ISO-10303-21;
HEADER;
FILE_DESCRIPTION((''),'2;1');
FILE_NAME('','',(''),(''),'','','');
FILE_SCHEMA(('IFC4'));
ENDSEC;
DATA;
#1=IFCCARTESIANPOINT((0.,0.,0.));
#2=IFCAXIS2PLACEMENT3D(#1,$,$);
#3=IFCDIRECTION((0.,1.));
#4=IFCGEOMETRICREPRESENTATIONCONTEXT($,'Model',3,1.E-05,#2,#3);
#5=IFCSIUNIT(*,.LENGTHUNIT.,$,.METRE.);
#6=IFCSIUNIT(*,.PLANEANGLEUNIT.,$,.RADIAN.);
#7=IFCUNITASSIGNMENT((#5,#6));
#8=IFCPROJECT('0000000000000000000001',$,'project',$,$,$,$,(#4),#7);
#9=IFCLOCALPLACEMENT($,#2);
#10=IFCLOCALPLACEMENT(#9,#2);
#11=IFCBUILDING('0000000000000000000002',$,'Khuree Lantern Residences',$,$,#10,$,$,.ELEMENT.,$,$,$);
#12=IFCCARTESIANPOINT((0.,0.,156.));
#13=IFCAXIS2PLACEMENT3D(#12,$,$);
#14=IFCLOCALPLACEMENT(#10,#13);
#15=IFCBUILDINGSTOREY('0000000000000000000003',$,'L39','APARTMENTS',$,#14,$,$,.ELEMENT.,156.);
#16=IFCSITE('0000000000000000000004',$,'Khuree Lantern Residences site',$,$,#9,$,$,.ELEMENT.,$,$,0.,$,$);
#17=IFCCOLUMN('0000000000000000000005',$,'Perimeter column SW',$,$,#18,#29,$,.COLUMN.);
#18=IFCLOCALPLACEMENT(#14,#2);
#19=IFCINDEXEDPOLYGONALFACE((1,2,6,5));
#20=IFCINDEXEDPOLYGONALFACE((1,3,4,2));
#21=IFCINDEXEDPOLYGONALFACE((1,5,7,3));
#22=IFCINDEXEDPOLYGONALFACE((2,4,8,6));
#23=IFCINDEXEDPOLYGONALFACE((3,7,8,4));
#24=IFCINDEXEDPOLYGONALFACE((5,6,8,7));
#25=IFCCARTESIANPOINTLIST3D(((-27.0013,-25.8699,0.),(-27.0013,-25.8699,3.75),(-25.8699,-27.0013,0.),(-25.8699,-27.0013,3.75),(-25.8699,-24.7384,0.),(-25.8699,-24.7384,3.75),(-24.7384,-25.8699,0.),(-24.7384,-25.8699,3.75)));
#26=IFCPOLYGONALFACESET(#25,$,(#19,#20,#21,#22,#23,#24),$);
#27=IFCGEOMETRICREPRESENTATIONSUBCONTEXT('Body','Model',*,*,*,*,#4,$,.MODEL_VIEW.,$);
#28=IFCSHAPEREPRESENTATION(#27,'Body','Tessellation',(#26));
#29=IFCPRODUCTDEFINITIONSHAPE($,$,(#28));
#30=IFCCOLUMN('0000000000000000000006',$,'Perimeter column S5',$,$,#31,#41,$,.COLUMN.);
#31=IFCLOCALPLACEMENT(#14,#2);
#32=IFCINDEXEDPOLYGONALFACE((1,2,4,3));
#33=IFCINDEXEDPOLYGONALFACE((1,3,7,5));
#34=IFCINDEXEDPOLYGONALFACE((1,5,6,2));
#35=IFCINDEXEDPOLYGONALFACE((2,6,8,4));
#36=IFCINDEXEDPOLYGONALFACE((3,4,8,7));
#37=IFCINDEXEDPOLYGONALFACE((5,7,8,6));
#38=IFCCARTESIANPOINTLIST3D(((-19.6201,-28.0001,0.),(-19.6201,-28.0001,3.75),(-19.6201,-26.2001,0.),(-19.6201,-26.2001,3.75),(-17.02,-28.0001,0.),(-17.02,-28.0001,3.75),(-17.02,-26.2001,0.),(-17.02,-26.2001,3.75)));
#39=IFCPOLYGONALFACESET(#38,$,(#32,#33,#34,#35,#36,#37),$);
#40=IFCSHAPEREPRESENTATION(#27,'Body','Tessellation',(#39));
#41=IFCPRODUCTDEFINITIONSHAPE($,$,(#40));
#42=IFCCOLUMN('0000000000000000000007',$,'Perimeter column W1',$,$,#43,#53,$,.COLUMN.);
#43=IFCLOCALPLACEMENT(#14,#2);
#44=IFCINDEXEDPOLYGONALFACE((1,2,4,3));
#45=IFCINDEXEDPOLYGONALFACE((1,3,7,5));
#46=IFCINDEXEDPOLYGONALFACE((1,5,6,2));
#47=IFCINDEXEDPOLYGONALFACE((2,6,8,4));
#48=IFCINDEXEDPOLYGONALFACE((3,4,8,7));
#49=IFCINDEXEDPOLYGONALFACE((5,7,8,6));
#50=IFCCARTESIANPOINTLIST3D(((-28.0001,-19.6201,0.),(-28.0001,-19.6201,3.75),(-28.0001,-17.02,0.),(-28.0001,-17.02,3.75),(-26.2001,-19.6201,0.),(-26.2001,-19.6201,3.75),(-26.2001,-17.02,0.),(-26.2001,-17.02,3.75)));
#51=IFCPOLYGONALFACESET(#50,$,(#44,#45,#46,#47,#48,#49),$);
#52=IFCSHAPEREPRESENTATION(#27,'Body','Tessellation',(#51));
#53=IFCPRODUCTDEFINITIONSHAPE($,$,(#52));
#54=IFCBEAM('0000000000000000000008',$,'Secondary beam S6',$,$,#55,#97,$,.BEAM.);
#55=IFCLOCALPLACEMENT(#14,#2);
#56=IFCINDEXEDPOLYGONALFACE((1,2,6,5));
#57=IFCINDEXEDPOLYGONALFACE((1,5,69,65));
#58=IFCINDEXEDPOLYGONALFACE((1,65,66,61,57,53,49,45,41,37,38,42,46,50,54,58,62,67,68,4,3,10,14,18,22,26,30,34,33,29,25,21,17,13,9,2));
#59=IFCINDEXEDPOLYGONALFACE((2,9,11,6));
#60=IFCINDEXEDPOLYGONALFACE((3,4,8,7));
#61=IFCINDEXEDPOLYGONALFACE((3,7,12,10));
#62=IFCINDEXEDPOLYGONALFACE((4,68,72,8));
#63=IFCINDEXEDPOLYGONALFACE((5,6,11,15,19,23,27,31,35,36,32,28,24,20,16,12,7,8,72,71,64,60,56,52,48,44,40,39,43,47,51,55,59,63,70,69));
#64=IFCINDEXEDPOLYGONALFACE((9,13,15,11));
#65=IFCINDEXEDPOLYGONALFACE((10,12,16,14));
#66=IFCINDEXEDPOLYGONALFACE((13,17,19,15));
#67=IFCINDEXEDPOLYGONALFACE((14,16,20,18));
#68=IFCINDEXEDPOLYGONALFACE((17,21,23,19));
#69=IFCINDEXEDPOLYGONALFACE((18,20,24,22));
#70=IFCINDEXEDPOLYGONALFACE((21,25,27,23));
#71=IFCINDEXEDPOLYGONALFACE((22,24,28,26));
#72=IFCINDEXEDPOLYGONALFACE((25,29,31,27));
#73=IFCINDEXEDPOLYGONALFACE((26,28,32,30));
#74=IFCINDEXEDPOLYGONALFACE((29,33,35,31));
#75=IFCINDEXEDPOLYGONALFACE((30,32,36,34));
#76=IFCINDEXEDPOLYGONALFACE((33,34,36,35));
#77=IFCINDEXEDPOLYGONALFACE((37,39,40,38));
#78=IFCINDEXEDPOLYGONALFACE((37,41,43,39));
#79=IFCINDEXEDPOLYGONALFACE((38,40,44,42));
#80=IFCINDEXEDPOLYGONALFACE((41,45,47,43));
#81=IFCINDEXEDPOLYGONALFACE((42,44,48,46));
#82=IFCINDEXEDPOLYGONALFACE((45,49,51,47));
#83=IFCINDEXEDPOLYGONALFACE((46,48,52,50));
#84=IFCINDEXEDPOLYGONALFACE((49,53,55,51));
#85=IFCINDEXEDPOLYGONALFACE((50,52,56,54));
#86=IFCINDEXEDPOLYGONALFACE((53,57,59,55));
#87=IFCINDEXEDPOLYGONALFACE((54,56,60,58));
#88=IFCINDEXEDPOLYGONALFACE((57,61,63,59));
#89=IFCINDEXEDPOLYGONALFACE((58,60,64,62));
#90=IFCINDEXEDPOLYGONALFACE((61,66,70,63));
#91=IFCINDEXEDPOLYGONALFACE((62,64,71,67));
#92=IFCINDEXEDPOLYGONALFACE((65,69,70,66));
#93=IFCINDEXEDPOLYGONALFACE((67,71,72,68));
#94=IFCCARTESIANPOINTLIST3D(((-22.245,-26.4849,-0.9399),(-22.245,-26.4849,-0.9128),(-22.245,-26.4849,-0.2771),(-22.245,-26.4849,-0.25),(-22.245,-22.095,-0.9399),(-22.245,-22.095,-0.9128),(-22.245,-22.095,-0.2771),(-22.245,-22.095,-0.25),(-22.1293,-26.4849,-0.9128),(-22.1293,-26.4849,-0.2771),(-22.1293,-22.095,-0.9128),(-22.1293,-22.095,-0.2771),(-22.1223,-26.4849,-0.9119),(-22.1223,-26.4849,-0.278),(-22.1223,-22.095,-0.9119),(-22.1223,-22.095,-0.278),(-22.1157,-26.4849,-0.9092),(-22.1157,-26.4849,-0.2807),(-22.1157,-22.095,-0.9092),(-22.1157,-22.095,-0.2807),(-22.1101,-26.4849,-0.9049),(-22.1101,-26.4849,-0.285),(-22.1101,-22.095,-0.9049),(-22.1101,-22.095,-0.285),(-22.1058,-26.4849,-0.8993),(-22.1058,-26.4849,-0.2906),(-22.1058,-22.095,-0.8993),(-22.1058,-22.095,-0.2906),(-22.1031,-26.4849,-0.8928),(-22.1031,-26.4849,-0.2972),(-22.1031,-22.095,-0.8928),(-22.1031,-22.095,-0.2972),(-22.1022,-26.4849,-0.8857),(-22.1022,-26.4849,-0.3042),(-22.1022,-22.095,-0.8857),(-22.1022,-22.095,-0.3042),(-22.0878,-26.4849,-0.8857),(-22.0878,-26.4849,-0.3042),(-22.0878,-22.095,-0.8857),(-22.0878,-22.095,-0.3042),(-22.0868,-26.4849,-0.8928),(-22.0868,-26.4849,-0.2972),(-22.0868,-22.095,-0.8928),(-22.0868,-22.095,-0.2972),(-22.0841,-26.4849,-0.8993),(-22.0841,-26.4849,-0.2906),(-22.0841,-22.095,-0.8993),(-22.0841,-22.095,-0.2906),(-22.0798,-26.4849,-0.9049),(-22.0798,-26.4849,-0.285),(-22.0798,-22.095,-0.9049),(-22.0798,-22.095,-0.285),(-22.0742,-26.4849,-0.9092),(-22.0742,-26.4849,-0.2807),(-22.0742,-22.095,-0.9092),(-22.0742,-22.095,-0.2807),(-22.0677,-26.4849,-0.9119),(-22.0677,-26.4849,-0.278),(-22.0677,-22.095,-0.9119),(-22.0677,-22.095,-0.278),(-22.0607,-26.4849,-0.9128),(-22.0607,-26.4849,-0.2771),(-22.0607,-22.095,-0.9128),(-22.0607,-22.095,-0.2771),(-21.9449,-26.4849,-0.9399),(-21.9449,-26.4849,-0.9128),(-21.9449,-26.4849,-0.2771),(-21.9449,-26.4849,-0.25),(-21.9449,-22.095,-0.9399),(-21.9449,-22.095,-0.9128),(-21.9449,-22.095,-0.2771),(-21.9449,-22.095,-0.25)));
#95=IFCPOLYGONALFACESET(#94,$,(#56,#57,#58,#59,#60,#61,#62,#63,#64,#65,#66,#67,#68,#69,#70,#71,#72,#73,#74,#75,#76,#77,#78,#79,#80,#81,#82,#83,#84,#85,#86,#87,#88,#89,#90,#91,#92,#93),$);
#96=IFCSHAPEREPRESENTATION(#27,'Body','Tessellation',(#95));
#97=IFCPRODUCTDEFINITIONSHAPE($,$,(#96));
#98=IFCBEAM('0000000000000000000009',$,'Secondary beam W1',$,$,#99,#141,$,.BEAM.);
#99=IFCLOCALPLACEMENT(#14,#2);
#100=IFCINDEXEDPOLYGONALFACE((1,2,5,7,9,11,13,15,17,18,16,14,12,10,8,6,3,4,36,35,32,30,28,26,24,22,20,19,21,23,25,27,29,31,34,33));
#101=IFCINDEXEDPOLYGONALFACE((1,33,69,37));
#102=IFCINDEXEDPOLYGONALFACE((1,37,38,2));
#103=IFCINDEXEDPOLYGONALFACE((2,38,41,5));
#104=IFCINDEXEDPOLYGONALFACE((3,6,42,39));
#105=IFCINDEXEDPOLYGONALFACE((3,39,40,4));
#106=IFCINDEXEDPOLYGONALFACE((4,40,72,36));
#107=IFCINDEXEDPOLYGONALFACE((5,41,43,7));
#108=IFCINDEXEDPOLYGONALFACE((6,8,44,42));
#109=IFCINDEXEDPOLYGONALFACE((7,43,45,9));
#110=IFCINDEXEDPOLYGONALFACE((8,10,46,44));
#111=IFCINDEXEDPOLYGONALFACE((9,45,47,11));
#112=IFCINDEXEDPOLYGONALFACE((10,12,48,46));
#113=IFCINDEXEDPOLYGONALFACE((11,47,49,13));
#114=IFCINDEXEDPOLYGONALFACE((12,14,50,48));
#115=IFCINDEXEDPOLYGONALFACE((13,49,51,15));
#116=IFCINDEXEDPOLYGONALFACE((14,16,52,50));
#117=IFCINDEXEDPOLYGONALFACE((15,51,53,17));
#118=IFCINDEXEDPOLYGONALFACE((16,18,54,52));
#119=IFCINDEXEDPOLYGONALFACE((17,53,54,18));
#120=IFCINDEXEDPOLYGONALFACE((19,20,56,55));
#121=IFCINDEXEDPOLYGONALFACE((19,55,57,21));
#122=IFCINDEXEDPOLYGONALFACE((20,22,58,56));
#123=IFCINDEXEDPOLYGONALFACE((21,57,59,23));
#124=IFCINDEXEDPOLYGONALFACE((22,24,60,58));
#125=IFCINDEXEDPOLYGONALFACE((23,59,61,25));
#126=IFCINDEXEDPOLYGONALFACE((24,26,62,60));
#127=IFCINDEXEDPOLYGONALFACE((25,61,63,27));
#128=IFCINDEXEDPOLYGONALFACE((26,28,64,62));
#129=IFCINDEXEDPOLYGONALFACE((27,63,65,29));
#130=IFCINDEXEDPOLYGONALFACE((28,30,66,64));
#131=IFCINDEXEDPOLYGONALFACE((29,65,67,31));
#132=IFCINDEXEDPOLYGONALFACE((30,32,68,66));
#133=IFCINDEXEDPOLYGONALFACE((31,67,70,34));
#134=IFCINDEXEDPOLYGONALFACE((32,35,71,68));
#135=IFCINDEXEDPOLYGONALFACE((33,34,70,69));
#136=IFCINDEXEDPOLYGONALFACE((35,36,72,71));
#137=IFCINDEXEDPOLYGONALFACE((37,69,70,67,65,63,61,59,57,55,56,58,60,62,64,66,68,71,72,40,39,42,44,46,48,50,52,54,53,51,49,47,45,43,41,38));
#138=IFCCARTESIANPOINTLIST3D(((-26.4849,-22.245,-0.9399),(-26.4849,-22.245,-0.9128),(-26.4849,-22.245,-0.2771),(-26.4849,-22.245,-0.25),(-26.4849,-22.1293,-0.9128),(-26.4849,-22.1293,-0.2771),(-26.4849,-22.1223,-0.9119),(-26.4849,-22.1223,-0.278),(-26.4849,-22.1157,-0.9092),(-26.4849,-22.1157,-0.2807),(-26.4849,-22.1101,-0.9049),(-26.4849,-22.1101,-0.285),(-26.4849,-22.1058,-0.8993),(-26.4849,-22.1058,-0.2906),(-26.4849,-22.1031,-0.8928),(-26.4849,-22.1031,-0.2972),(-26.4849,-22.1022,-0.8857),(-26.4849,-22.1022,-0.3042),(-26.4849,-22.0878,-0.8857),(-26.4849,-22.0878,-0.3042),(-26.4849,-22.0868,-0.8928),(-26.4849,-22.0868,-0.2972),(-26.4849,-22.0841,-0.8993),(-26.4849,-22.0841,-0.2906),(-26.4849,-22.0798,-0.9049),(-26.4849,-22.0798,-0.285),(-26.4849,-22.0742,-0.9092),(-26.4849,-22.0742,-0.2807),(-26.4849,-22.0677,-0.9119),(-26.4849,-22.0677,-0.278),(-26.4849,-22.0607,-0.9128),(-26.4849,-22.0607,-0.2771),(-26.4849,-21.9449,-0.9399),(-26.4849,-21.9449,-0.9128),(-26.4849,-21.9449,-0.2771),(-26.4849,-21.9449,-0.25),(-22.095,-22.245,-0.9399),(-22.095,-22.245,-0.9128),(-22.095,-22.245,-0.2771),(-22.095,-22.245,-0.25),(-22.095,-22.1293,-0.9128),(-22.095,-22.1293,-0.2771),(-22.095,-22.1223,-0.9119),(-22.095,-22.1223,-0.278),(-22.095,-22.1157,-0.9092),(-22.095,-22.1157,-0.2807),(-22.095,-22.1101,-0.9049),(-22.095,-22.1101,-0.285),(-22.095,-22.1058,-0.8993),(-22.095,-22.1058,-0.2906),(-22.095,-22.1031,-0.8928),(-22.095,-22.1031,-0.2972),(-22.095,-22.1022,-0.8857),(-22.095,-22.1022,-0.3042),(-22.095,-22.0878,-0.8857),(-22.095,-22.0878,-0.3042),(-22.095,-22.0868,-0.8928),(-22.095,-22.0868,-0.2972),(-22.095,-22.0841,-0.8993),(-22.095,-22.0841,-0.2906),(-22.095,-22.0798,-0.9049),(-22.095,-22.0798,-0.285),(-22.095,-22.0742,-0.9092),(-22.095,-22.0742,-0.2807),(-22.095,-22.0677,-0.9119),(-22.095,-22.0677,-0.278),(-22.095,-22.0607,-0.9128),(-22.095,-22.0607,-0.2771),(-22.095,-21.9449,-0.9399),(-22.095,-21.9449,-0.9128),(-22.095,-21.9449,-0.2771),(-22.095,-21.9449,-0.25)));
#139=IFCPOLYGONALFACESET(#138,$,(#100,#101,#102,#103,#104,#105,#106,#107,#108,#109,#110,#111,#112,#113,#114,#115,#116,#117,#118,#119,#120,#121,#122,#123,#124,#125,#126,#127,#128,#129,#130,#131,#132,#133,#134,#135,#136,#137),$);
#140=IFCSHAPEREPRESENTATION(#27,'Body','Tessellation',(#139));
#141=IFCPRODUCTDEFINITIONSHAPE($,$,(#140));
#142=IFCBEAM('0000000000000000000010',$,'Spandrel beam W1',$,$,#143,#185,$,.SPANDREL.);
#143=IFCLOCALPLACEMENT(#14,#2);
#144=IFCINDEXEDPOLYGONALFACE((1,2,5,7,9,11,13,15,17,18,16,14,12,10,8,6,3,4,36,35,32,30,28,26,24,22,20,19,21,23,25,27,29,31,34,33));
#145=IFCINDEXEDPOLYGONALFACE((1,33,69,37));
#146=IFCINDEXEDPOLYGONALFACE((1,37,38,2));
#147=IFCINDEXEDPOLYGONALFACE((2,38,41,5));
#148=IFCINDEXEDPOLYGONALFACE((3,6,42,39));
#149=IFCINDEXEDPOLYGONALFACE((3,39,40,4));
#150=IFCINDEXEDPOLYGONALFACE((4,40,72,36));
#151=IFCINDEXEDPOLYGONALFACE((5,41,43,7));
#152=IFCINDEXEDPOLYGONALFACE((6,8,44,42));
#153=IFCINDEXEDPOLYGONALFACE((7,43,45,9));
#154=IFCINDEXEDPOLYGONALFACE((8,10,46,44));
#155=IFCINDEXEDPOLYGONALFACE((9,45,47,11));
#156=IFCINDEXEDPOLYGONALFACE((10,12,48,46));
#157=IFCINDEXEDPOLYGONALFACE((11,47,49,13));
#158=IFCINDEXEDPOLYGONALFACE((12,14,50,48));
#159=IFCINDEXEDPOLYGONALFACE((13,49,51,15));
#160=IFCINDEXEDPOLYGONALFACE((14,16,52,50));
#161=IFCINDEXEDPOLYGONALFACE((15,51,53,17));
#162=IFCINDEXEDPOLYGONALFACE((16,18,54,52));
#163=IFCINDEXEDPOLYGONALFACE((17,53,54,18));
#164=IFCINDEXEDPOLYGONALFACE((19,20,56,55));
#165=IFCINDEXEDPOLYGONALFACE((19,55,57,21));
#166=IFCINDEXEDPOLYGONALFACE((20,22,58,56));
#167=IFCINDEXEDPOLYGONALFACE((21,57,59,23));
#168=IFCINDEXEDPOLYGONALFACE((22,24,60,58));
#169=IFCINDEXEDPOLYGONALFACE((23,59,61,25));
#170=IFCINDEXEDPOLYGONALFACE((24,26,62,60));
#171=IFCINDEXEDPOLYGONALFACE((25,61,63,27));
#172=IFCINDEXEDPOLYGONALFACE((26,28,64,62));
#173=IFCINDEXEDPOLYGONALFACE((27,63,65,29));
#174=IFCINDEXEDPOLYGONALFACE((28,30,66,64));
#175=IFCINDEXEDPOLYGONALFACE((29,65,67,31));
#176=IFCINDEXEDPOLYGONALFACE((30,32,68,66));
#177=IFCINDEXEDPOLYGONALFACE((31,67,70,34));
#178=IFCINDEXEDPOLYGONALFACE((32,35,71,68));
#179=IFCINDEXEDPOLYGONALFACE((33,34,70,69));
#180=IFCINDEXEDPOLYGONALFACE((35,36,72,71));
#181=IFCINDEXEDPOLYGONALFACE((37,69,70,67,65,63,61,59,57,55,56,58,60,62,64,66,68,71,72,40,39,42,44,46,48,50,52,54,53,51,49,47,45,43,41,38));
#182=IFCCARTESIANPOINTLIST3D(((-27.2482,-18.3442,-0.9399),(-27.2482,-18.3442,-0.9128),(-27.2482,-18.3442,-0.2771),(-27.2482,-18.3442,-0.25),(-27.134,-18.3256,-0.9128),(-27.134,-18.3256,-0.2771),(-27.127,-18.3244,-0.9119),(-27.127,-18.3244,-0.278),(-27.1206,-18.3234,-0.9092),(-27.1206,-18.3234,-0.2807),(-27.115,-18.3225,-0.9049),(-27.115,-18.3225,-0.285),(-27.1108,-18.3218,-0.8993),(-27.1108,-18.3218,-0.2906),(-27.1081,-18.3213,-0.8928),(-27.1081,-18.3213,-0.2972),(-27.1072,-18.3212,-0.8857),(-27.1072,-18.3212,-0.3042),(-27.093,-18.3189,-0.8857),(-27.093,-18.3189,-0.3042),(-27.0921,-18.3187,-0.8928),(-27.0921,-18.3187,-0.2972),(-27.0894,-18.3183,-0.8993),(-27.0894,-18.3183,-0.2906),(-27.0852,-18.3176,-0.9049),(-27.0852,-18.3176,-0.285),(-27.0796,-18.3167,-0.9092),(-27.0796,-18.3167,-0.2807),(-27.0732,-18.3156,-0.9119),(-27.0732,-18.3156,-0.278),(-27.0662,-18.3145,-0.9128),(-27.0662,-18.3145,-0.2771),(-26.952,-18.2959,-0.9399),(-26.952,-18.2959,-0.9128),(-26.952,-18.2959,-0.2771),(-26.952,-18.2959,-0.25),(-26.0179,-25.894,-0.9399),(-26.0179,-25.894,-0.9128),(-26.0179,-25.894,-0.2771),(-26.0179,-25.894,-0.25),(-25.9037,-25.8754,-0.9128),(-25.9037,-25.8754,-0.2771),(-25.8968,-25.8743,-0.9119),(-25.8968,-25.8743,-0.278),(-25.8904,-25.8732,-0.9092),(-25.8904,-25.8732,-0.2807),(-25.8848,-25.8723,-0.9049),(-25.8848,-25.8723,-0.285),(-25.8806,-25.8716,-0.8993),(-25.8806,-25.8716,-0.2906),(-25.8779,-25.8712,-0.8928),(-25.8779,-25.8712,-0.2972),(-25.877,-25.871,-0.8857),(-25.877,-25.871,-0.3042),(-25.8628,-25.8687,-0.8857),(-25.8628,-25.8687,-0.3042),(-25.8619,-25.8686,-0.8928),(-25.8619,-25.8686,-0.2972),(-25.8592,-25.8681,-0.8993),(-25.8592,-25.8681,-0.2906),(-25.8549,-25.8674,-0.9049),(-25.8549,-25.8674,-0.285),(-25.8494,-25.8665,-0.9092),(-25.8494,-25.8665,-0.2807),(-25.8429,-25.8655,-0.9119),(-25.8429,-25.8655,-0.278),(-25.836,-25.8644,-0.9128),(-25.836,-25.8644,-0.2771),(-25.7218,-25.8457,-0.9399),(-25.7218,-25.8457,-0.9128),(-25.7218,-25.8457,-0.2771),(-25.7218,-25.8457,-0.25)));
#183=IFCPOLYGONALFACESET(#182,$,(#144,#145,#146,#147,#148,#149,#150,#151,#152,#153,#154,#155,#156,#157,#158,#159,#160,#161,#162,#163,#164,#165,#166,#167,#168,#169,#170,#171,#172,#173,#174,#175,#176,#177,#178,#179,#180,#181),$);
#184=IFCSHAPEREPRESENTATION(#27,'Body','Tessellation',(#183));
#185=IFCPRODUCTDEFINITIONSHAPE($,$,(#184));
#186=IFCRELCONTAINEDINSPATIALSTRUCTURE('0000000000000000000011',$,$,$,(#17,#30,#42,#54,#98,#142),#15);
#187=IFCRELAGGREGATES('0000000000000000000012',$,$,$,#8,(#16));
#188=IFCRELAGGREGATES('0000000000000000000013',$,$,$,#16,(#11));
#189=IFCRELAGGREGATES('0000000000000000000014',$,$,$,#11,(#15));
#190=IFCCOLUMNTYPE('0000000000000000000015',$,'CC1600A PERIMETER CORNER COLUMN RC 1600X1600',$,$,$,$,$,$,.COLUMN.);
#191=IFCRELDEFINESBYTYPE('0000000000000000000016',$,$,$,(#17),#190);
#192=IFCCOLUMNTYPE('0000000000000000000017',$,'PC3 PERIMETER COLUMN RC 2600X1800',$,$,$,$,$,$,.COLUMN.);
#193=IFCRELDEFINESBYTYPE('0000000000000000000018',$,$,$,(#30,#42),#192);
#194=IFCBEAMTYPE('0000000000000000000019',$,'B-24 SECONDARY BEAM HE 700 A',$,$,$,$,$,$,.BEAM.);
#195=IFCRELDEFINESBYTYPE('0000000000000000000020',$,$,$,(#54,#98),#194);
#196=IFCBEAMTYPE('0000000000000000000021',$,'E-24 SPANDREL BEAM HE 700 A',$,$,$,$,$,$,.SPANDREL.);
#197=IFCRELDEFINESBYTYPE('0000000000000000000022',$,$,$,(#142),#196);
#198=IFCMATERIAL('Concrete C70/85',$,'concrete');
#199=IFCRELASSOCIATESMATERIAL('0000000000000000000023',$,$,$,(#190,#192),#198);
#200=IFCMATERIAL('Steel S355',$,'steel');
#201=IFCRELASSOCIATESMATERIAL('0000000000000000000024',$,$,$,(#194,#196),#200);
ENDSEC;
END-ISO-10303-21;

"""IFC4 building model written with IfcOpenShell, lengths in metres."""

from ifc_helpers import new_model, si_unit, direction, frame, origin, origin_2d, place, context, subcontext, project, spatial, rectangle, i_section, extrude, material, material_profile, profile_set, type_object, element, save


model = new_model("IFC4")

# Units and contexts
model_context = context("Model", 3, precision=1e-05, world=origin(), true_north=direction((0.0, 1.0)))
body_context = subcontext(model_context, "Body", "Model", "MODEL_VIEW")
ifc_project = project(units=[si_unit("LENGTHUNIT", "METRE"), si_unit("PLANEANGLEUNIT", "RADIAN")], contexts=[model_context])

# Site, building, storey
site_placement = place(None, origin())
site = spatial("IfcSite", under=ifc_project, at=site_placement, Name="Khuree Lantern Residences site", CompositionType="ELEMENT", RefElevation=0.0)
building_placement = place(site_placement, origin())
building = spatial("IfcBuilding", under=site, at=building_placement, Name="Khuree Lantern Residences", CompositionType="ELEMENT")
storey_placement = place(building_placement, frame((0.0, 0.0, 156.0)))
storey = spatial("IfcBuildingStorey", under=building, at=storey_placement, Name="L39", Description="APARTMENTS", CompositionType="ELEMENT", Elevation=156.0)

# Columns
ifc_material_1 = material(Name="Concrete C70/85", Category="concrete")
ifc_material_profile_1 = material_profile(ifc_material_1, rectangle(XDim=1.6001, YDim=1.6001, at=origin_2d()), Name="RC 1600X1600")
ifc_profile_set_1 = profile_set([ifc_material_profile_1], Name="Concrete C70/85")
column_type_1 = type_object("IfcColumnType", Name="CC1600A PERIMETER CORNER COLUMN RC 1600X1600", PredefinedType="COLUMN", material=ifc_profile_set_1)
column_placement = place(storey_placement, frame((-25.8699, -25.8699, 0.0), z_axis=(0.0, 0.0, 1.0), x_axis=(0.707107, -0.707107, 0.0)))
element("IfcColumn", 1, at=column_placement, inside=storey, type_object=column_type_1, Name="Perimeter column SW", PredefinedType="COLUMN", context=body_context, shape_type="SweptSolid", body=[
    extrude(rectangle(XDim=1.6001, YDim=1.6001, at=origin_2d()), origin(), (0.0, 0.0, 1.0), 3.75),
])
ifc_material_profile_2 = material_profile(ifc_material_1, rectangle(XDim=2.6001, YDim=1.8, at=origin_2d()), Name="RC 2600X1800")
ifc_profile_set_2 = profile_set([ifc_material_profile_2], Name="Concrete C70/85")
column_type_2 = type_object("IfcColumnType", Name="PC3 PERIMETER COLUMN RC 2600X1800", PredefinedType="COLUMN", material=ifc_profile_set_2)
for number, where, z_axis, x_axis, name in (
    (2, (-18.3201, -27.1001, 0.0), (0.0, 0.0, 1.0), (1.0, 0.0, 0.0), "Perimeter column S5"),
    (3, (-27.1001, -18.3201, 0.0), (0.0, 0.0, 1.0), (0.0, 1.0, 0.0), "Perimeter column W1"),
):
    element("IfcColumn", number, at=place(storey_placement, frame(where, z_axis=z_axis, x_axis=x_axis)), inside=storey, type_object=column_type_2, Name=name, PredefinedType="COLUMN", context=body_context, shape_type="SweptSolid", body=[
        extrude(rectangle(XDim=2.6001, YDim=1.8, at=origin_2d()), origin(), (0.0, 0.0, 1.0), 3.75),
    ])

# Beams
ifc_material_2 = material(Name="Steel S355", Category="steel")
ifc_material_profile_3 = material_profile(ifc_material_2, i_section(OverallWidth=0.3, OverallDepth=0.6899, WebThickness=0.0144, FlangeThickness=0.0271, FilletRadius=0.0271, at=origin_2d()), Name="HE 700 A")
ifc_profile_set_3 = profile_set([ifc_material_profile_3], Name="Steel S355")
beam_type_1 = type_object("IfcBeamType", Name="B-24 SECONDARY BEAM HE 700 A", PredefinedType="BEAM", material=ifc_profile_set_3)
for number, where, z_axis, x_axis, name in (
    (4, (-22.095, -26.4849, -0.595), (0.0, 1.0, 0.0), (-1.0, 0.0, 0.0), "Secondary beam S6"),
    (5, (-26.4849, -22.095, -0.595), (1.0, 0.0, 0.0), (0.0, 1.0, 0.0), "Secondary beam W1"),
):
    element("IfcBeam", number, at=place(storey_placement, frame(where, z_axis=z_axis, x_axis=x_axis)), inside=storey, type_object=beam_type_1, Name=name, PredefinedType="BEAM", context=body_context, shape_type="SweptSolid", body=[
        extrude(i_section(OverallWidth=0.3, OverallDepth=0.6899, WebThickness=0.0144, FlangeThickness=0.0271, FilletRadius=0.0271, at=origin_2d()), origin(), (0.0, 0.0, 1.0), 4.3899),
    ])
ifc_material_profile_4 = material_profile(ifc_material_2, i_section(OverallWidth=0.3, OverallDepth=0.6899, WebThickness=0.0144, FlangeThickness=0.0271, FilletRadius=0.0271, at=origin_2d()), Name="HE 700 A")
ifc_profile_set_4 = profile_set([ifc_material_profile_4], Name="Steel S355")
beam_type_2 = type_object("IfcBeamType", Name="E-24 SPANDREL BEAM HE 700 A", PredefinedType="SPANDREL", material=ifc_profile_set_4)
beam_1_placement = place(storey_placement, frame((-25.8699, -25.8699, -0.595), z_axis=(-0.160827, 0.986983, 0.0), x_axis=(-0.986983, -0.160827, 0.0)))
element("IfcBeam", 6, at=beam_1_placement, inside=storey, type_object=beam_type_2, Name="Spandrel beam W1", PredefinedType="SPANDREL", context=body_context, shape_type="SweptSolid", body=[
    extrude(i_section(OverallWidth=0.3, OverallDepth=0.6899, WebThickness=0.0144, FlangeThickness=0.0271, FilletRadius=0.0271, at=origin_2d()), origin(), (0.0, 0.0, 1.0), 7.6494),
])

save(model, "model.ifc")
